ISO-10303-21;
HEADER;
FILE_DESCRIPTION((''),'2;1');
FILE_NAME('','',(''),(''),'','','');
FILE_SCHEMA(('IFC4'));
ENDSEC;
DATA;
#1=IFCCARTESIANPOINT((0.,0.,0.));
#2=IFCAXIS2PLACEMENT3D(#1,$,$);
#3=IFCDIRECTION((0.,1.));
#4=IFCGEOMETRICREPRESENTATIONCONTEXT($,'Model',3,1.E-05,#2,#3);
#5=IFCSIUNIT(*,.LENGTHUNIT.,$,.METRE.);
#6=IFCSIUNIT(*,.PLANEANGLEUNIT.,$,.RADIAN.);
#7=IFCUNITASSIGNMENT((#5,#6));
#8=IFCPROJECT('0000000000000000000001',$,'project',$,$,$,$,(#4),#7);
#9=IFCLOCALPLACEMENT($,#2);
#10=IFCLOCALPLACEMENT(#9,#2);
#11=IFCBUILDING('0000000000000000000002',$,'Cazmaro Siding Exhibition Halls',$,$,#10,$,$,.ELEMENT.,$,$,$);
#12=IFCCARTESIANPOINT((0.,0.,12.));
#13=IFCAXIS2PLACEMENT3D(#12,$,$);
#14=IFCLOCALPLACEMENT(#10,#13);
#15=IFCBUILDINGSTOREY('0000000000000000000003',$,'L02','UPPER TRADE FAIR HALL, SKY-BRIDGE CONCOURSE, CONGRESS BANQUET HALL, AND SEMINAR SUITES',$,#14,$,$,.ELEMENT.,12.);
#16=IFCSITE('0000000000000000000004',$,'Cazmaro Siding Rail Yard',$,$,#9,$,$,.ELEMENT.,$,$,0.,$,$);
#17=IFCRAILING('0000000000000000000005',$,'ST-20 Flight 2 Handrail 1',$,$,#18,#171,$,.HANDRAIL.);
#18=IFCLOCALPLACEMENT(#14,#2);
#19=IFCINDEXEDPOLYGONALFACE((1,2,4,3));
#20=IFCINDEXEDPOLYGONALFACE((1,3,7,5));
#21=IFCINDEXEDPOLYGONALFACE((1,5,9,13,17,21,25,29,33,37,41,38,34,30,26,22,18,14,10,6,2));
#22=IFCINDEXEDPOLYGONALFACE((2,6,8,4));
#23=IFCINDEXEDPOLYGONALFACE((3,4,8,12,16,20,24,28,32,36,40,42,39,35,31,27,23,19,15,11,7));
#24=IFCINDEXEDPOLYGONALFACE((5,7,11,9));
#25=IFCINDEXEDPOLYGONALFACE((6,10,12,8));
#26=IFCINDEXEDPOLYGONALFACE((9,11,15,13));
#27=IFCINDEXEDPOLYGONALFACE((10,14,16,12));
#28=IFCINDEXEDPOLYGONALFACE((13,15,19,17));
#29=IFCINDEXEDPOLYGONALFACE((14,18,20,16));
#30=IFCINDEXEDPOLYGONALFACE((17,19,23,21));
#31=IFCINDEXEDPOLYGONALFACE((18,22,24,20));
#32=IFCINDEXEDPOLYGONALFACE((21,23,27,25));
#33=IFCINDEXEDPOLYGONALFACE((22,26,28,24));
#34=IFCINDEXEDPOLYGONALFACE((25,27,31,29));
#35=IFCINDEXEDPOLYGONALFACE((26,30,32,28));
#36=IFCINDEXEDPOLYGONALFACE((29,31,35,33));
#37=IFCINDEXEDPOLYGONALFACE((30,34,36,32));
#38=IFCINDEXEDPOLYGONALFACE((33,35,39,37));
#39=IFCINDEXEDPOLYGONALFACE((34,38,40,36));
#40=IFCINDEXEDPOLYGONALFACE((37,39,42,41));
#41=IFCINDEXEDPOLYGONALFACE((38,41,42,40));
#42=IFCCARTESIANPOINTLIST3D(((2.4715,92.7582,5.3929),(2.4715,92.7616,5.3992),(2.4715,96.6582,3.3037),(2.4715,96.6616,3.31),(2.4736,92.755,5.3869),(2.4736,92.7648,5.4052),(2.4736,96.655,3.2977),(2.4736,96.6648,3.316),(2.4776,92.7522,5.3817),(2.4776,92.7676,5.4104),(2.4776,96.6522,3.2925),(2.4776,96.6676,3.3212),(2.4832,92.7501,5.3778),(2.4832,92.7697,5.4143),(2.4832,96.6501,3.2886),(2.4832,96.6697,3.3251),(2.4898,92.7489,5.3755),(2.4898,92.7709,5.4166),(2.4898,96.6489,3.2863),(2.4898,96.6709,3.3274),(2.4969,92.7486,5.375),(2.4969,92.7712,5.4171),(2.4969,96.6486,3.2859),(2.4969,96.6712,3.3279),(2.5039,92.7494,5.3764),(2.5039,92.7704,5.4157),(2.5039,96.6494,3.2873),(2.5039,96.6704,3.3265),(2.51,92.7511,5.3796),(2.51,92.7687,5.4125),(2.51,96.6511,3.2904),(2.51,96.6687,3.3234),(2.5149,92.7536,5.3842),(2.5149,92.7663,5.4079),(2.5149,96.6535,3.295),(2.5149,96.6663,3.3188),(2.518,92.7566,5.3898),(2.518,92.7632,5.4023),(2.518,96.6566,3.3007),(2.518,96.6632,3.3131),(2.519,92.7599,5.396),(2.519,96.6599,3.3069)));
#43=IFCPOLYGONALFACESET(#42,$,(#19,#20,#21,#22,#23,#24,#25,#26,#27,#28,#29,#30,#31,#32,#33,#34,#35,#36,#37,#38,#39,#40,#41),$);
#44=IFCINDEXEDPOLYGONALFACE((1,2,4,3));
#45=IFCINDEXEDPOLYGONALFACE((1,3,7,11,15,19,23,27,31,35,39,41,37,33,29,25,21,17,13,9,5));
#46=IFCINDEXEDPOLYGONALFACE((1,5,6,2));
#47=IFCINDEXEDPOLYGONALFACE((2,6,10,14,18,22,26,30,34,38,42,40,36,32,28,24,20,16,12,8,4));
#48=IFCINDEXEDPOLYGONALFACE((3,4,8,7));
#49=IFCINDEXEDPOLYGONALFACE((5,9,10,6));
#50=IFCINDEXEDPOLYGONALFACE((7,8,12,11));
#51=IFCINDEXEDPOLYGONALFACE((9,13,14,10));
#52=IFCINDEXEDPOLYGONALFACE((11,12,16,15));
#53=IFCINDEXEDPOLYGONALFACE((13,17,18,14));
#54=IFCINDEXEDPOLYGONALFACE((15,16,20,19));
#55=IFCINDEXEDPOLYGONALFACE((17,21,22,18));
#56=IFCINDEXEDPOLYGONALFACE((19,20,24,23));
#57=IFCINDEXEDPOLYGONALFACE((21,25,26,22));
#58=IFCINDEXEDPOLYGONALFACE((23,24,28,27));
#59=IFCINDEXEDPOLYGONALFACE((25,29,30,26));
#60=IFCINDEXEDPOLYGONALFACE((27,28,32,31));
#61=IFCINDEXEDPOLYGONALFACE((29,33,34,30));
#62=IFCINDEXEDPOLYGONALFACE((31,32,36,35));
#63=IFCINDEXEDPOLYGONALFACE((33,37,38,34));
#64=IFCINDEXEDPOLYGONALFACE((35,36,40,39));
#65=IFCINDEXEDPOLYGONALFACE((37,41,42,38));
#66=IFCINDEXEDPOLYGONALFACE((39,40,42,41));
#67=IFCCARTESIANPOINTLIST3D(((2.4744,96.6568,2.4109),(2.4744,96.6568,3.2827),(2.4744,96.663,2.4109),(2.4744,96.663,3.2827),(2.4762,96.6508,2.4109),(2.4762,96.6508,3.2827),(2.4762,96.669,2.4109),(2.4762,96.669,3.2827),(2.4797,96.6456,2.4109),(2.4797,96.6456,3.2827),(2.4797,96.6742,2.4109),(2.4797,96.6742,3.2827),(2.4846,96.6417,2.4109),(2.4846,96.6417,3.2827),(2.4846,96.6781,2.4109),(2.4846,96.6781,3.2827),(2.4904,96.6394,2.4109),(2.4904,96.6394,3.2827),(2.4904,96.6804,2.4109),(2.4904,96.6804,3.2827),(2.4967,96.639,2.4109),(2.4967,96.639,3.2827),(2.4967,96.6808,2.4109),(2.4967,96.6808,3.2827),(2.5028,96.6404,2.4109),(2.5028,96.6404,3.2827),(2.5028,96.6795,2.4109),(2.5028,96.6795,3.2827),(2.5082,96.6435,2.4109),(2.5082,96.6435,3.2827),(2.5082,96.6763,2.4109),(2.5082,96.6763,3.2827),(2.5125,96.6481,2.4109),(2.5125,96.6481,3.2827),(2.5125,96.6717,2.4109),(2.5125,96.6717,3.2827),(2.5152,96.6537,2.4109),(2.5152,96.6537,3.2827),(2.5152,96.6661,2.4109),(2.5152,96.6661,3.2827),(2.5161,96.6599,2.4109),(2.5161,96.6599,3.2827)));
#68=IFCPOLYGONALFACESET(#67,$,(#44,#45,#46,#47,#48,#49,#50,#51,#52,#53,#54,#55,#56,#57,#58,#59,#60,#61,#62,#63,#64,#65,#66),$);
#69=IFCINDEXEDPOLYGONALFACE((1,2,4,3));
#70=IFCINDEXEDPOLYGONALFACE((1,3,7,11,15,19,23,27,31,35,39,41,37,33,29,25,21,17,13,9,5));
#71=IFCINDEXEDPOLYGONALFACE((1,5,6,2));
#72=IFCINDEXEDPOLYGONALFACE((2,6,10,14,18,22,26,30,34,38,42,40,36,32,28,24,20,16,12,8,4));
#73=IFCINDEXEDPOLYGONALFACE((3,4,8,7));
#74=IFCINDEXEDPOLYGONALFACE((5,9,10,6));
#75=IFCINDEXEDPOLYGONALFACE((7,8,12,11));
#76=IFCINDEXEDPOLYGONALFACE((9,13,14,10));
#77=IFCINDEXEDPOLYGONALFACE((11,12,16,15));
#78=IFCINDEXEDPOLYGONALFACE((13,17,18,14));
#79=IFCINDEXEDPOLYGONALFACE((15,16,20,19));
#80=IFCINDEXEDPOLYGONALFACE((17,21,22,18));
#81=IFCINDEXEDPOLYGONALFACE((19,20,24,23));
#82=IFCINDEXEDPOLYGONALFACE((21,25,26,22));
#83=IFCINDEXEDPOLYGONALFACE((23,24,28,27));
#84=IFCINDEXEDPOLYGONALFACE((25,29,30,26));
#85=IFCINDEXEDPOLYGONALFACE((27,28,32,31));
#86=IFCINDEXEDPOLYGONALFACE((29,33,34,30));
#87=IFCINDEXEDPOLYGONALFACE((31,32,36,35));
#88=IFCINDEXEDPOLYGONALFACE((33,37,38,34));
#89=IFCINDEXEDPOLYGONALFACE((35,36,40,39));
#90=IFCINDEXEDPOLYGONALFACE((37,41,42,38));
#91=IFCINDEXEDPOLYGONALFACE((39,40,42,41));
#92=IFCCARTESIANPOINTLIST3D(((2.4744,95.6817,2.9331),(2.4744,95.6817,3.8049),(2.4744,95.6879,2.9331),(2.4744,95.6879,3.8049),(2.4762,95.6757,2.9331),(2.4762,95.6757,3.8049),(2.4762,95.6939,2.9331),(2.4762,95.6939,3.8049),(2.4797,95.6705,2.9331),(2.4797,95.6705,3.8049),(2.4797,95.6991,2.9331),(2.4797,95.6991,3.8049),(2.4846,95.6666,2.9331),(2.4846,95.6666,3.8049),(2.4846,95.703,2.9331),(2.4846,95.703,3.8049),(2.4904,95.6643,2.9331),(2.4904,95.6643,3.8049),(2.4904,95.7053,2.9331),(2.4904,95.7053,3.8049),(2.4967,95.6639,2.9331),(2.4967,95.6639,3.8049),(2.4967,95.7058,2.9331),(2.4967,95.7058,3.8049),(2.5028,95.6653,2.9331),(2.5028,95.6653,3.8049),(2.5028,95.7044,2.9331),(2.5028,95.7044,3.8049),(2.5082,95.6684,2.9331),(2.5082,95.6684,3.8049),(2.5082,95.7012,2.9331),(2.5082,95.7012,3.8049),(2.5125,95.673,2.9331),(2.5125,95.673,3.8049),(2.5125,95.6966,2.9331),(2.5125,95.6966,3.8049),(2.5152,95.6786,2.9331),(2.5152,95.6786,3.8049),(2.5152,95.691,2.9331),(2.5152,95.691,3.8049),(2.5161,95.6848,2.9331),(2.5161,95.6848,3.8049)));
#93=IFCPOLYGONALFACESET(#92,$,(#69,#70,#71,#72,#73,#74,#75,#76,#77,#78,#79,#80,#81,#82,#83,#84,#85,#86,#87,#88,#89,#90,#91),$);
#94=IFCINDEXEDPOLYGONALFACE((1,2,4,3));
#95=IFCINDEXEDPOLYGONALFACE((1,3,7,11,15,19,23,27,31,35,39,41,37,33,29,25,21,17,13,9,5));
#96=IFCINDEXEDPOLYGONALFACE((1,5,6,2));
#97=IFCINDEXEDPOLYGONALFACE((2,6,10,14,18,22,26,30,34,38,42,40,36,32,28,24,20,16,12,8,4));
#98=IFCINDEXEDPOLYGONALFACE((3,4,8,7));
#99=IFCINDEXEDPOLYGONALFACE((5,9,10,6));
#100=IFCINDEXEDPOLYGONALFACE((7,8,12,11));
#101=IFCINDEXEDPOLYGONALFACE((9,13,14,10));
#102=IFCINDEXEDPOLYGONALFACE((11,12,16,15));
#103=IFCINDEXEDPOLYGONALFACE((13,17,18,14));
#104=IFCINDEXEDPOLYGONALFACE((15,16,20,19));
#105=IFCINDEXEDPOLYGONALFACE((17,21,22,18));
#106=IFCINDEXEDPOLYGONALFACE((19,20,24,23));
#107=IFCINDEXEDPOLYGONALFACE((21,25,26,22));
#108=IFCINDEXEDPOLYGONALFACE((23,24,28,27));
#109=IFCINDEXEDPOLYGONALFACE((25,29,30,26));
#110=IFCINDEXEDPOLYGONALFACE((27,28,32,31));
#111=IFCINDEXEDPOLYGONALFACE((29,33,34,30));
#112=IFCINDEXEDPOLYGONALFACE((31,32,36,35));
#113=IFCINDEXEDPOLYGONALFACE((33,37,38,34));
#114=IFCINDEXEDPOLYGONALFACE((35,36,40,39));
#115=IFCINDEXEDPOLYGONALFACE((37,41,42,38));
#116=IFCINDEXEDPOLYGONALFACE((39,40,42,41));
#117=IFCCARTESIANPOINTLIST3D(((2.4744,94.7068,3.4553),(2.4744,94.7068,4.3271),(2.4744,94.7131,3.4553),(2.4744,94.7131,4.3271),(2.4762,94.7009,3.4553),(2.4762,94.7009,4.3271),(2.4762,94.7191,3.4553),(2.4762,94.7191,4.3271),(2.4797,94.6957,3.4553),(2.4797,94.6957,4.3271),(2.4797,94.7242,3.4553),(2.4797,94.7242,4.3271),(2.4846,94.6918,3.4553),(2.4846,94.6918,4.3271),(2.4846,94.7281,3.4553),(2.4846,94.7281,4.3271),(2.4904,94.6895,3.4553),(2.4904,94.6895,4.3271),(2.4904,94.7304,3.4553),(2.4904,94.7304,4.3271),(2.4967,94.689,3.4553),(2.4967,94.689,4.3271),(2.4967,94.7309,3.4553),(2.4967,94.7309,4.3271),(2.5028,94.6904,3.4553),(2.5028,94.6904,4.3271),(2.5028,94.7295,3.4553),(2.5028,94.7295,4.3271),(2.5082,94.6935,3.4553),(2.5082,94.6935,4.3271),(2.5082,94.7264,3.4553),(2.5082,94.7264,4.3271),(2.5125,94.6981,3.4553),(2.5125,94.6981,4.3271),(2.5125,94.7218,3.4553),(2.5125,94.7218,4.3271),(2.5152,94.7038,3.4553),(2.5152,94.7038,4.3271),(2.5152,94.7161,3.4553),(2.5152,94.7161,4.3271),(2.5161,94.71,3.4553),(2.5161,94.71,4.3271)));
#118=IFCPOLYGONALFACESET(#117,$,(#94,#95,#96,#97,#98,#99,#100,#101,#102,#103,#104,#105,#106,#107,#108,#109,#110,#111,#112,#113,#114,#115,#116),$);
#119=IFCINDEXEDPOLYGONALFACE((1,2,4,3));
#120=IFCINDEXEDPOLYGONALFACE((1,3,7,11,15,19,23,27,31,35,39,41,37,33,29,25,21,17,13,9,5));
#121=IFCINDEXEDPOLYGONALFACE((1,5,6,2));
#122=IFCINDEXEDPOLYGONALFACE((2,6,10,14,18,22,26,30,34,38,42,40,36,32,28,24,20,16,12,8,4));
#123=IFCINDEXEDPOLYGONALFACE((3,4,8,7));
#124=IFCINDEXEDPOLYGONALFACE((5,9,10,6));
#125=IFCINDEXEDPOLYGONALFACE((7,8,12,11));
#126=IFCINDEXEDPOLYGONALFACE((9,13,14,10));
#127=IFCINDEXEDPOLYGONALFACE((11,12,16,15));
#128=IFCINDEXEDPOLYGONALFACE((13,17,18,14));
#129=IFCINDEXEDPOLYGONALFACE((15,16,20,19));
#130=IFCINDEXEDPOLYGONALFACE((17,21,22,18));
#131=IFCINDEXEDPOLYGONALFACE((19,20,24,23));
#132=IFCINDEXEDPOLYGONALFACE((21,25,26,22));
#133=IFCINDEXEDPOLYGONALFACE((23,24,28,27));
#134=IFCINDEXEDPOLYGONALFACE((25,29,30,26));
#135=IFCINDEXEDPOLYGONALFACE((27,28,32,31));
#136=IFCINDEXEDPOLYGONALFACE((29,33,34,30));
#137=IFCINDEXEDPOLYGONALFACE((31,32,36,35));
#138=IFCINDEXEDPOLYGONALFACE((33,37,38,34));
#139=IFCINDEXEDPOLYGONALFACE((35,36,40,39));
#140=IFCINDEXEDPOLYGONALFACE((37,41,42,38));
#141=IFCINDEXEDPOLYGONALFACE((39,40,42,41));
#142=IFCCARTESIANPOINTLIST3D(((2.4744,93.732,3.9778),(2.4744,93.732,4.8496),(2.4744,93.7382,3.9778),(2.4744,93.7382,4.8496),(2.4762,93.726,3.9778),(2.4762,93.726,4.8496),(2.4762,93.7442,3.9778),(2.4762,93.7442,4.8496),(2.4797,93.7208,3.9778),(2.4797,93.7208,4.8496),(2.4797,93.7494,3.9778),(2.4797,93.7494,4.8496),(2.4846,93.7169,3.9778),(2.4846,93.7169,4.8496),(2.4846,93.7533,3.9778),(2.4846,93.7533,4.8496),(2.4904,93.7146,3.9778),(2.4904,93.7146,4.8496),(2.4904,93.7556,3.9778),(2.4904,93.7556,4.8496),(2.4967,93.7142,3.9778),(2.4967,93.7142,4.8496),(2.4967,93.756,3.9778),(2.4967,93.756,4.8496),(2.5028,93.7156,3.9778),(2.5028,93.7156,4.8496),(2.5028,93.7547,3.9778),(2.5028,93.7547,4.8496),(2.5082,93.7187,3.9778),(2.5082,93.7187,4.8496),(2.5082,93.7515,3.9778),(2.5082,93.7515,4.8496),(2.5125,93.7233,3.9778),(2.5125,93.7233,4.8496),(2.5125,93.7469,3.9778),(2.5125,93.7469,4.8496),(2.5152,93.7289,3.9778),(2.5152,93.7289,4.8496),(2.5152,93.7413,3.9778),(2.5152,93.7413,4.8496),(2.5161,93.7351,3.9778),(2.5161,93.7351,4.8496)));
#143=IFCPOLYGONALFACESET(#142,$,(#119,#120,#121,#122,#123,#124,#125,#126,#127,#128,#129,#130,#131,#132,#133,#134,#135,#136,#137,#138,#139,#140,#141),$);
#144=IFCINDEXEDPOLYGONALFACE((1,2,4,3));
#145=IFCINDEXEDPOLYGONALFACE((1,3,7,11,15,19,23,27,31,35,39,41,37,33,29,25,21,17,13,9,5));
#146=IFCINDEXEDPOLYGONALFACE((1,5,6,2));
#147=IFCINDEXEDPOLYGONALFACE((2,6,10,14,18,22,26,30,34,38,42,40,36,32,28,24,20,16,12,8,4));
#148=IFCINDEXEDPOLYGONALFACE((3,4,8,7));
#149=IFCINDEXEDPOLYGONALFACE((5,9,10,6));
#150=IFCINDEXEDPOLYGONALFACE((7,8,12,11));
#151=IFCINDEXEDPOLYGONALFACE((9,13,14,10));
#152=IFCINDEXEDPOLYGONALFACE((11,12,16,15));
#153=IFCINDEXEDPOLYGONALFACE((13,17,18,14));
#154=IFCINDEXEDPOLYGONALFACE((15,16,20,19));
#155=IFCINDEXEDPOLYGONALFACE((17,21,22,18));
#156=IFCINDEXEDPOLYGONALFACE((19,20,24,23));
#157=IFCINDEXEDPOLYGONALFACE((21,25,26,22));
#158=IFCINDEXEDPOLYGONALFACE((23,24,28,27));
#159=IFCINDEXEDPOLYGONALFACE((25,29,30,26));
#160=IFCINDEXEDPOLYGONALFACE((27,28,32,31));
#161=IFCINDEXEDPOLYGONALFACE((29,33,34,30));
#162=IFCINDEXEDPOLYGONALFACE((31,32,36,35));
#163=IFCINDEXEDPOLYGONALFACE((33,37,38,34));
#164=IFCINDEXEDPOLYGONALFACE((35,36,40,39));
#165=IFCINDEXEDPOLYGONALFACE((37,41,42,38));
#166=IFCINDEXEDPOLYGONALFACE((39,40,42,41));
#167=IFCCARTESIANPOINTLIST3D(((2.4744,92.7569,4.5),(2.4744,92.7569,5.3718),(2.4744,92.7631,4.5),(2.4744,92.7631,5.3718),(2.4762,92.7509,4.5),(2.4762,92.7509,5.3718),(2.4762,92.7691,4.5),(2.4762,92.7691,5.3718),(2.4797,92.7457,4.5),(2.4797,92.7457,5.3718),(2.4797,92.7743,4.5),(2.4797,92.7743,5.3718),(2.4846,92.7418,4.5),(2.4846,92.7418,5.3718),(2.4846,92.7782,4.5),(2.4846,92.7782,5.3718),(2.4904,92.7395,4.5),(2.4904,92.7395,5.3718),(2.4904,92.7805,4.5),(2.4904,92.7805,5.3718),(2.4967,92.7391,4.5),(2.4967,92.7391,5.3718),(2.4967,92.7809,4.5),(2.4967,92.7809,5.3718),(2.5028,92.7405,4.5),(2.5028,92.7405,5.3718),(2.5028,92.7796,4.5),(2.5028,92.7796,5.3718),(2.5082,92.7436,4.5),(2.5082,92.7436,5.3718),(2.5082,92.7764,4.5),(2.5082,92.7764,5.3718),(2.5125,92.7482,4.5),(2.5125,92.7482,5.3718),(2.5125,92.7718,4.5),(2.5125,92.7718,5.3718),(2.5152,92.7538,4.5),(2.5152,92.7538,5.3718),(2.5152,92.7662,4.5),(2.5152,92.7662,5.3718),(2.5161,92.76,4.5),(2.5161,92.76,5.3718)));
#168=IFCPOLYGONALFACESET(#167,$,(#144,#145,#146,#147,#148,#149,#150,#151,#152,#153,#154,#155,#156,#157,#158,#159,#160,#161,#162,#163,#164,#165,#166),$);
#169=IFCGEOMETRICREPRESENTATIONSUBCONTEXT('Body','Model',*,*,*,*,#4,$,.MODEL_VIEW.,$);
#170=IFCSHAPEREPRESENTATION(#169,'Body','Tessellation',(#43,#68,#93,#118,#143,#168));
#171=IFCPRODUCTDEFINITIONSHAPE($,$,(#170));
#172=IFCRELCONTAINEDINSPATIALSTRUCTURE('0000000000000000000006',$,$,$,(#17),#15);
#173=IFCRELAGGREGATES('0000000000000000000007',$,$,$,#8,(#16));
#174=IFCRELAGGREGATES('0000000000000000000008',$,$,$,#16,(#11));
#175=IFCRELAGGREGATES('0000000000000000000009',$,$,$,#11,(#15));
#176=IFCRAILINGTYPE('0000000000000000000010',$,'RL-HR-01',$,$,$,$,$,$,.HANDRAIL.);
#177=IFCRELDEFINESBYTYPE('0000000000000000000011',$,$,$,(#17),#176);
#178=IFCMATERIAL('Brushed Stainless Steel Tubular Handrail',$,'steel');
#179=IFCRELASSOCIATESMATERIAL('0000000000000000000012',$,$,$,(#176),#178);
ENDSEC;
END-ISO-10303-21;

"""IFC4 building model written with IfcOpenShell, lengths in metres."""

from ifc_helpers import new_model, si_unit, direction, frame, origin, origin_2d, place, context, subcontext, project, spatial, circle, extrude, material, type_object, element, save


model = new_model("IFC4")

# Units and contexts
model_context = context("Model", 3, precision=1e-05, world=origin(), true_north=direction((0.0, 1.0)))
body_context = subcontext(model_context, "Body", "Model", "MODEL_VIEW")
ifc_project = project(units=[si_unit("LENGTHUNIT", "METRE"), si_unit("PLANEANGLEUNIT", "RADIAN")], contexts=[model_context])

# Site, building, storey
site_placement = place(None, origin())
site = spatial("IfcSite", under=ifc_project, at=site_placement, Name="Cazmaro Siding Rail Yard", CompositionType="ELEMENT", RefElevation=0.0)
building_placement = place(site_placement, origin())
building = spatial("IfcBuilding", under=site, at=building_placement, Name="Cazmaro Siding Exhibition Halls", CompositionType="ELEMENT")
storey_placement = place(building_placement, frame((0.0, 0.0, 12.0)))
storey = spatial("IfcBuildingStorey", under=building, at=storey_placement, Name="L02", Description="UPPER TRADE FAIR HALL, SKY-BRIDGE CONCOURSE, CONGRESS BANQUET HALL, AND SEMINAR SUITES", CompositionType="ELEMENT", Elevation=12.0)

# Railing
ifc_material_1 = material(Name="Brushed Stainless Steel Tubular Handrail", Category="steel")
railing_type_1 = type_object("IfcRailingType", Name="RL-HR-01", PredefinedType="HANDRAIL", material=ifc_material_1)
for number, where, name in (
    (1, (2.4951, 96.6599, 2.4109), "ST-20 Flight 2 Handrail 1"),
):
    element("IfcRailing", number, at=place(storey_placement, frame(where)), inside=storey, type_object=railing_type_1, Name=name, PredefinedType="HANDRAIL", context=body_context, shape_type="SweptSolid", body=[
        extrude(circle(Radius=0.0239, at=origin_2d()), frame((0.0, 0.0, 0.896), z_axis=(0.0, -0.881491, 0.4722), x_axis=(1.0, 0.0, 0.0)), (0.0, 0.0, 1.0), 4.4243),
        extrude(circle(Radius=0.021, at=origin_2d()), origin(), (0.0, 0.0, 1.0), 0.8718),
        extrude(circle(Radius=0.021, at=origin_2d()), frame((0.0, -0.9751, 0.5222)), (0.0, 0.0, 1.0), 0.8718),
        extrude(circle(Radius=0.021, at=origin_2d()), frame((0.0, -1.95, 1.0444)), (0.0, 0.0, 1.0), 0.8718),
        extrude(circle(Radius=0.021, at=origin_2d()), frame((0.0, -2.9248, 1.5669)), (0.0, 0.0, 1.0), 0.8718),
        extrude(circle(Radius=0.021, at=origin_2d()), frame((0.0, -3.8999, 2.0891)), (0.0, 0.0, 1.0), 0.8718),
    ])

save(model, "model.ifc")
